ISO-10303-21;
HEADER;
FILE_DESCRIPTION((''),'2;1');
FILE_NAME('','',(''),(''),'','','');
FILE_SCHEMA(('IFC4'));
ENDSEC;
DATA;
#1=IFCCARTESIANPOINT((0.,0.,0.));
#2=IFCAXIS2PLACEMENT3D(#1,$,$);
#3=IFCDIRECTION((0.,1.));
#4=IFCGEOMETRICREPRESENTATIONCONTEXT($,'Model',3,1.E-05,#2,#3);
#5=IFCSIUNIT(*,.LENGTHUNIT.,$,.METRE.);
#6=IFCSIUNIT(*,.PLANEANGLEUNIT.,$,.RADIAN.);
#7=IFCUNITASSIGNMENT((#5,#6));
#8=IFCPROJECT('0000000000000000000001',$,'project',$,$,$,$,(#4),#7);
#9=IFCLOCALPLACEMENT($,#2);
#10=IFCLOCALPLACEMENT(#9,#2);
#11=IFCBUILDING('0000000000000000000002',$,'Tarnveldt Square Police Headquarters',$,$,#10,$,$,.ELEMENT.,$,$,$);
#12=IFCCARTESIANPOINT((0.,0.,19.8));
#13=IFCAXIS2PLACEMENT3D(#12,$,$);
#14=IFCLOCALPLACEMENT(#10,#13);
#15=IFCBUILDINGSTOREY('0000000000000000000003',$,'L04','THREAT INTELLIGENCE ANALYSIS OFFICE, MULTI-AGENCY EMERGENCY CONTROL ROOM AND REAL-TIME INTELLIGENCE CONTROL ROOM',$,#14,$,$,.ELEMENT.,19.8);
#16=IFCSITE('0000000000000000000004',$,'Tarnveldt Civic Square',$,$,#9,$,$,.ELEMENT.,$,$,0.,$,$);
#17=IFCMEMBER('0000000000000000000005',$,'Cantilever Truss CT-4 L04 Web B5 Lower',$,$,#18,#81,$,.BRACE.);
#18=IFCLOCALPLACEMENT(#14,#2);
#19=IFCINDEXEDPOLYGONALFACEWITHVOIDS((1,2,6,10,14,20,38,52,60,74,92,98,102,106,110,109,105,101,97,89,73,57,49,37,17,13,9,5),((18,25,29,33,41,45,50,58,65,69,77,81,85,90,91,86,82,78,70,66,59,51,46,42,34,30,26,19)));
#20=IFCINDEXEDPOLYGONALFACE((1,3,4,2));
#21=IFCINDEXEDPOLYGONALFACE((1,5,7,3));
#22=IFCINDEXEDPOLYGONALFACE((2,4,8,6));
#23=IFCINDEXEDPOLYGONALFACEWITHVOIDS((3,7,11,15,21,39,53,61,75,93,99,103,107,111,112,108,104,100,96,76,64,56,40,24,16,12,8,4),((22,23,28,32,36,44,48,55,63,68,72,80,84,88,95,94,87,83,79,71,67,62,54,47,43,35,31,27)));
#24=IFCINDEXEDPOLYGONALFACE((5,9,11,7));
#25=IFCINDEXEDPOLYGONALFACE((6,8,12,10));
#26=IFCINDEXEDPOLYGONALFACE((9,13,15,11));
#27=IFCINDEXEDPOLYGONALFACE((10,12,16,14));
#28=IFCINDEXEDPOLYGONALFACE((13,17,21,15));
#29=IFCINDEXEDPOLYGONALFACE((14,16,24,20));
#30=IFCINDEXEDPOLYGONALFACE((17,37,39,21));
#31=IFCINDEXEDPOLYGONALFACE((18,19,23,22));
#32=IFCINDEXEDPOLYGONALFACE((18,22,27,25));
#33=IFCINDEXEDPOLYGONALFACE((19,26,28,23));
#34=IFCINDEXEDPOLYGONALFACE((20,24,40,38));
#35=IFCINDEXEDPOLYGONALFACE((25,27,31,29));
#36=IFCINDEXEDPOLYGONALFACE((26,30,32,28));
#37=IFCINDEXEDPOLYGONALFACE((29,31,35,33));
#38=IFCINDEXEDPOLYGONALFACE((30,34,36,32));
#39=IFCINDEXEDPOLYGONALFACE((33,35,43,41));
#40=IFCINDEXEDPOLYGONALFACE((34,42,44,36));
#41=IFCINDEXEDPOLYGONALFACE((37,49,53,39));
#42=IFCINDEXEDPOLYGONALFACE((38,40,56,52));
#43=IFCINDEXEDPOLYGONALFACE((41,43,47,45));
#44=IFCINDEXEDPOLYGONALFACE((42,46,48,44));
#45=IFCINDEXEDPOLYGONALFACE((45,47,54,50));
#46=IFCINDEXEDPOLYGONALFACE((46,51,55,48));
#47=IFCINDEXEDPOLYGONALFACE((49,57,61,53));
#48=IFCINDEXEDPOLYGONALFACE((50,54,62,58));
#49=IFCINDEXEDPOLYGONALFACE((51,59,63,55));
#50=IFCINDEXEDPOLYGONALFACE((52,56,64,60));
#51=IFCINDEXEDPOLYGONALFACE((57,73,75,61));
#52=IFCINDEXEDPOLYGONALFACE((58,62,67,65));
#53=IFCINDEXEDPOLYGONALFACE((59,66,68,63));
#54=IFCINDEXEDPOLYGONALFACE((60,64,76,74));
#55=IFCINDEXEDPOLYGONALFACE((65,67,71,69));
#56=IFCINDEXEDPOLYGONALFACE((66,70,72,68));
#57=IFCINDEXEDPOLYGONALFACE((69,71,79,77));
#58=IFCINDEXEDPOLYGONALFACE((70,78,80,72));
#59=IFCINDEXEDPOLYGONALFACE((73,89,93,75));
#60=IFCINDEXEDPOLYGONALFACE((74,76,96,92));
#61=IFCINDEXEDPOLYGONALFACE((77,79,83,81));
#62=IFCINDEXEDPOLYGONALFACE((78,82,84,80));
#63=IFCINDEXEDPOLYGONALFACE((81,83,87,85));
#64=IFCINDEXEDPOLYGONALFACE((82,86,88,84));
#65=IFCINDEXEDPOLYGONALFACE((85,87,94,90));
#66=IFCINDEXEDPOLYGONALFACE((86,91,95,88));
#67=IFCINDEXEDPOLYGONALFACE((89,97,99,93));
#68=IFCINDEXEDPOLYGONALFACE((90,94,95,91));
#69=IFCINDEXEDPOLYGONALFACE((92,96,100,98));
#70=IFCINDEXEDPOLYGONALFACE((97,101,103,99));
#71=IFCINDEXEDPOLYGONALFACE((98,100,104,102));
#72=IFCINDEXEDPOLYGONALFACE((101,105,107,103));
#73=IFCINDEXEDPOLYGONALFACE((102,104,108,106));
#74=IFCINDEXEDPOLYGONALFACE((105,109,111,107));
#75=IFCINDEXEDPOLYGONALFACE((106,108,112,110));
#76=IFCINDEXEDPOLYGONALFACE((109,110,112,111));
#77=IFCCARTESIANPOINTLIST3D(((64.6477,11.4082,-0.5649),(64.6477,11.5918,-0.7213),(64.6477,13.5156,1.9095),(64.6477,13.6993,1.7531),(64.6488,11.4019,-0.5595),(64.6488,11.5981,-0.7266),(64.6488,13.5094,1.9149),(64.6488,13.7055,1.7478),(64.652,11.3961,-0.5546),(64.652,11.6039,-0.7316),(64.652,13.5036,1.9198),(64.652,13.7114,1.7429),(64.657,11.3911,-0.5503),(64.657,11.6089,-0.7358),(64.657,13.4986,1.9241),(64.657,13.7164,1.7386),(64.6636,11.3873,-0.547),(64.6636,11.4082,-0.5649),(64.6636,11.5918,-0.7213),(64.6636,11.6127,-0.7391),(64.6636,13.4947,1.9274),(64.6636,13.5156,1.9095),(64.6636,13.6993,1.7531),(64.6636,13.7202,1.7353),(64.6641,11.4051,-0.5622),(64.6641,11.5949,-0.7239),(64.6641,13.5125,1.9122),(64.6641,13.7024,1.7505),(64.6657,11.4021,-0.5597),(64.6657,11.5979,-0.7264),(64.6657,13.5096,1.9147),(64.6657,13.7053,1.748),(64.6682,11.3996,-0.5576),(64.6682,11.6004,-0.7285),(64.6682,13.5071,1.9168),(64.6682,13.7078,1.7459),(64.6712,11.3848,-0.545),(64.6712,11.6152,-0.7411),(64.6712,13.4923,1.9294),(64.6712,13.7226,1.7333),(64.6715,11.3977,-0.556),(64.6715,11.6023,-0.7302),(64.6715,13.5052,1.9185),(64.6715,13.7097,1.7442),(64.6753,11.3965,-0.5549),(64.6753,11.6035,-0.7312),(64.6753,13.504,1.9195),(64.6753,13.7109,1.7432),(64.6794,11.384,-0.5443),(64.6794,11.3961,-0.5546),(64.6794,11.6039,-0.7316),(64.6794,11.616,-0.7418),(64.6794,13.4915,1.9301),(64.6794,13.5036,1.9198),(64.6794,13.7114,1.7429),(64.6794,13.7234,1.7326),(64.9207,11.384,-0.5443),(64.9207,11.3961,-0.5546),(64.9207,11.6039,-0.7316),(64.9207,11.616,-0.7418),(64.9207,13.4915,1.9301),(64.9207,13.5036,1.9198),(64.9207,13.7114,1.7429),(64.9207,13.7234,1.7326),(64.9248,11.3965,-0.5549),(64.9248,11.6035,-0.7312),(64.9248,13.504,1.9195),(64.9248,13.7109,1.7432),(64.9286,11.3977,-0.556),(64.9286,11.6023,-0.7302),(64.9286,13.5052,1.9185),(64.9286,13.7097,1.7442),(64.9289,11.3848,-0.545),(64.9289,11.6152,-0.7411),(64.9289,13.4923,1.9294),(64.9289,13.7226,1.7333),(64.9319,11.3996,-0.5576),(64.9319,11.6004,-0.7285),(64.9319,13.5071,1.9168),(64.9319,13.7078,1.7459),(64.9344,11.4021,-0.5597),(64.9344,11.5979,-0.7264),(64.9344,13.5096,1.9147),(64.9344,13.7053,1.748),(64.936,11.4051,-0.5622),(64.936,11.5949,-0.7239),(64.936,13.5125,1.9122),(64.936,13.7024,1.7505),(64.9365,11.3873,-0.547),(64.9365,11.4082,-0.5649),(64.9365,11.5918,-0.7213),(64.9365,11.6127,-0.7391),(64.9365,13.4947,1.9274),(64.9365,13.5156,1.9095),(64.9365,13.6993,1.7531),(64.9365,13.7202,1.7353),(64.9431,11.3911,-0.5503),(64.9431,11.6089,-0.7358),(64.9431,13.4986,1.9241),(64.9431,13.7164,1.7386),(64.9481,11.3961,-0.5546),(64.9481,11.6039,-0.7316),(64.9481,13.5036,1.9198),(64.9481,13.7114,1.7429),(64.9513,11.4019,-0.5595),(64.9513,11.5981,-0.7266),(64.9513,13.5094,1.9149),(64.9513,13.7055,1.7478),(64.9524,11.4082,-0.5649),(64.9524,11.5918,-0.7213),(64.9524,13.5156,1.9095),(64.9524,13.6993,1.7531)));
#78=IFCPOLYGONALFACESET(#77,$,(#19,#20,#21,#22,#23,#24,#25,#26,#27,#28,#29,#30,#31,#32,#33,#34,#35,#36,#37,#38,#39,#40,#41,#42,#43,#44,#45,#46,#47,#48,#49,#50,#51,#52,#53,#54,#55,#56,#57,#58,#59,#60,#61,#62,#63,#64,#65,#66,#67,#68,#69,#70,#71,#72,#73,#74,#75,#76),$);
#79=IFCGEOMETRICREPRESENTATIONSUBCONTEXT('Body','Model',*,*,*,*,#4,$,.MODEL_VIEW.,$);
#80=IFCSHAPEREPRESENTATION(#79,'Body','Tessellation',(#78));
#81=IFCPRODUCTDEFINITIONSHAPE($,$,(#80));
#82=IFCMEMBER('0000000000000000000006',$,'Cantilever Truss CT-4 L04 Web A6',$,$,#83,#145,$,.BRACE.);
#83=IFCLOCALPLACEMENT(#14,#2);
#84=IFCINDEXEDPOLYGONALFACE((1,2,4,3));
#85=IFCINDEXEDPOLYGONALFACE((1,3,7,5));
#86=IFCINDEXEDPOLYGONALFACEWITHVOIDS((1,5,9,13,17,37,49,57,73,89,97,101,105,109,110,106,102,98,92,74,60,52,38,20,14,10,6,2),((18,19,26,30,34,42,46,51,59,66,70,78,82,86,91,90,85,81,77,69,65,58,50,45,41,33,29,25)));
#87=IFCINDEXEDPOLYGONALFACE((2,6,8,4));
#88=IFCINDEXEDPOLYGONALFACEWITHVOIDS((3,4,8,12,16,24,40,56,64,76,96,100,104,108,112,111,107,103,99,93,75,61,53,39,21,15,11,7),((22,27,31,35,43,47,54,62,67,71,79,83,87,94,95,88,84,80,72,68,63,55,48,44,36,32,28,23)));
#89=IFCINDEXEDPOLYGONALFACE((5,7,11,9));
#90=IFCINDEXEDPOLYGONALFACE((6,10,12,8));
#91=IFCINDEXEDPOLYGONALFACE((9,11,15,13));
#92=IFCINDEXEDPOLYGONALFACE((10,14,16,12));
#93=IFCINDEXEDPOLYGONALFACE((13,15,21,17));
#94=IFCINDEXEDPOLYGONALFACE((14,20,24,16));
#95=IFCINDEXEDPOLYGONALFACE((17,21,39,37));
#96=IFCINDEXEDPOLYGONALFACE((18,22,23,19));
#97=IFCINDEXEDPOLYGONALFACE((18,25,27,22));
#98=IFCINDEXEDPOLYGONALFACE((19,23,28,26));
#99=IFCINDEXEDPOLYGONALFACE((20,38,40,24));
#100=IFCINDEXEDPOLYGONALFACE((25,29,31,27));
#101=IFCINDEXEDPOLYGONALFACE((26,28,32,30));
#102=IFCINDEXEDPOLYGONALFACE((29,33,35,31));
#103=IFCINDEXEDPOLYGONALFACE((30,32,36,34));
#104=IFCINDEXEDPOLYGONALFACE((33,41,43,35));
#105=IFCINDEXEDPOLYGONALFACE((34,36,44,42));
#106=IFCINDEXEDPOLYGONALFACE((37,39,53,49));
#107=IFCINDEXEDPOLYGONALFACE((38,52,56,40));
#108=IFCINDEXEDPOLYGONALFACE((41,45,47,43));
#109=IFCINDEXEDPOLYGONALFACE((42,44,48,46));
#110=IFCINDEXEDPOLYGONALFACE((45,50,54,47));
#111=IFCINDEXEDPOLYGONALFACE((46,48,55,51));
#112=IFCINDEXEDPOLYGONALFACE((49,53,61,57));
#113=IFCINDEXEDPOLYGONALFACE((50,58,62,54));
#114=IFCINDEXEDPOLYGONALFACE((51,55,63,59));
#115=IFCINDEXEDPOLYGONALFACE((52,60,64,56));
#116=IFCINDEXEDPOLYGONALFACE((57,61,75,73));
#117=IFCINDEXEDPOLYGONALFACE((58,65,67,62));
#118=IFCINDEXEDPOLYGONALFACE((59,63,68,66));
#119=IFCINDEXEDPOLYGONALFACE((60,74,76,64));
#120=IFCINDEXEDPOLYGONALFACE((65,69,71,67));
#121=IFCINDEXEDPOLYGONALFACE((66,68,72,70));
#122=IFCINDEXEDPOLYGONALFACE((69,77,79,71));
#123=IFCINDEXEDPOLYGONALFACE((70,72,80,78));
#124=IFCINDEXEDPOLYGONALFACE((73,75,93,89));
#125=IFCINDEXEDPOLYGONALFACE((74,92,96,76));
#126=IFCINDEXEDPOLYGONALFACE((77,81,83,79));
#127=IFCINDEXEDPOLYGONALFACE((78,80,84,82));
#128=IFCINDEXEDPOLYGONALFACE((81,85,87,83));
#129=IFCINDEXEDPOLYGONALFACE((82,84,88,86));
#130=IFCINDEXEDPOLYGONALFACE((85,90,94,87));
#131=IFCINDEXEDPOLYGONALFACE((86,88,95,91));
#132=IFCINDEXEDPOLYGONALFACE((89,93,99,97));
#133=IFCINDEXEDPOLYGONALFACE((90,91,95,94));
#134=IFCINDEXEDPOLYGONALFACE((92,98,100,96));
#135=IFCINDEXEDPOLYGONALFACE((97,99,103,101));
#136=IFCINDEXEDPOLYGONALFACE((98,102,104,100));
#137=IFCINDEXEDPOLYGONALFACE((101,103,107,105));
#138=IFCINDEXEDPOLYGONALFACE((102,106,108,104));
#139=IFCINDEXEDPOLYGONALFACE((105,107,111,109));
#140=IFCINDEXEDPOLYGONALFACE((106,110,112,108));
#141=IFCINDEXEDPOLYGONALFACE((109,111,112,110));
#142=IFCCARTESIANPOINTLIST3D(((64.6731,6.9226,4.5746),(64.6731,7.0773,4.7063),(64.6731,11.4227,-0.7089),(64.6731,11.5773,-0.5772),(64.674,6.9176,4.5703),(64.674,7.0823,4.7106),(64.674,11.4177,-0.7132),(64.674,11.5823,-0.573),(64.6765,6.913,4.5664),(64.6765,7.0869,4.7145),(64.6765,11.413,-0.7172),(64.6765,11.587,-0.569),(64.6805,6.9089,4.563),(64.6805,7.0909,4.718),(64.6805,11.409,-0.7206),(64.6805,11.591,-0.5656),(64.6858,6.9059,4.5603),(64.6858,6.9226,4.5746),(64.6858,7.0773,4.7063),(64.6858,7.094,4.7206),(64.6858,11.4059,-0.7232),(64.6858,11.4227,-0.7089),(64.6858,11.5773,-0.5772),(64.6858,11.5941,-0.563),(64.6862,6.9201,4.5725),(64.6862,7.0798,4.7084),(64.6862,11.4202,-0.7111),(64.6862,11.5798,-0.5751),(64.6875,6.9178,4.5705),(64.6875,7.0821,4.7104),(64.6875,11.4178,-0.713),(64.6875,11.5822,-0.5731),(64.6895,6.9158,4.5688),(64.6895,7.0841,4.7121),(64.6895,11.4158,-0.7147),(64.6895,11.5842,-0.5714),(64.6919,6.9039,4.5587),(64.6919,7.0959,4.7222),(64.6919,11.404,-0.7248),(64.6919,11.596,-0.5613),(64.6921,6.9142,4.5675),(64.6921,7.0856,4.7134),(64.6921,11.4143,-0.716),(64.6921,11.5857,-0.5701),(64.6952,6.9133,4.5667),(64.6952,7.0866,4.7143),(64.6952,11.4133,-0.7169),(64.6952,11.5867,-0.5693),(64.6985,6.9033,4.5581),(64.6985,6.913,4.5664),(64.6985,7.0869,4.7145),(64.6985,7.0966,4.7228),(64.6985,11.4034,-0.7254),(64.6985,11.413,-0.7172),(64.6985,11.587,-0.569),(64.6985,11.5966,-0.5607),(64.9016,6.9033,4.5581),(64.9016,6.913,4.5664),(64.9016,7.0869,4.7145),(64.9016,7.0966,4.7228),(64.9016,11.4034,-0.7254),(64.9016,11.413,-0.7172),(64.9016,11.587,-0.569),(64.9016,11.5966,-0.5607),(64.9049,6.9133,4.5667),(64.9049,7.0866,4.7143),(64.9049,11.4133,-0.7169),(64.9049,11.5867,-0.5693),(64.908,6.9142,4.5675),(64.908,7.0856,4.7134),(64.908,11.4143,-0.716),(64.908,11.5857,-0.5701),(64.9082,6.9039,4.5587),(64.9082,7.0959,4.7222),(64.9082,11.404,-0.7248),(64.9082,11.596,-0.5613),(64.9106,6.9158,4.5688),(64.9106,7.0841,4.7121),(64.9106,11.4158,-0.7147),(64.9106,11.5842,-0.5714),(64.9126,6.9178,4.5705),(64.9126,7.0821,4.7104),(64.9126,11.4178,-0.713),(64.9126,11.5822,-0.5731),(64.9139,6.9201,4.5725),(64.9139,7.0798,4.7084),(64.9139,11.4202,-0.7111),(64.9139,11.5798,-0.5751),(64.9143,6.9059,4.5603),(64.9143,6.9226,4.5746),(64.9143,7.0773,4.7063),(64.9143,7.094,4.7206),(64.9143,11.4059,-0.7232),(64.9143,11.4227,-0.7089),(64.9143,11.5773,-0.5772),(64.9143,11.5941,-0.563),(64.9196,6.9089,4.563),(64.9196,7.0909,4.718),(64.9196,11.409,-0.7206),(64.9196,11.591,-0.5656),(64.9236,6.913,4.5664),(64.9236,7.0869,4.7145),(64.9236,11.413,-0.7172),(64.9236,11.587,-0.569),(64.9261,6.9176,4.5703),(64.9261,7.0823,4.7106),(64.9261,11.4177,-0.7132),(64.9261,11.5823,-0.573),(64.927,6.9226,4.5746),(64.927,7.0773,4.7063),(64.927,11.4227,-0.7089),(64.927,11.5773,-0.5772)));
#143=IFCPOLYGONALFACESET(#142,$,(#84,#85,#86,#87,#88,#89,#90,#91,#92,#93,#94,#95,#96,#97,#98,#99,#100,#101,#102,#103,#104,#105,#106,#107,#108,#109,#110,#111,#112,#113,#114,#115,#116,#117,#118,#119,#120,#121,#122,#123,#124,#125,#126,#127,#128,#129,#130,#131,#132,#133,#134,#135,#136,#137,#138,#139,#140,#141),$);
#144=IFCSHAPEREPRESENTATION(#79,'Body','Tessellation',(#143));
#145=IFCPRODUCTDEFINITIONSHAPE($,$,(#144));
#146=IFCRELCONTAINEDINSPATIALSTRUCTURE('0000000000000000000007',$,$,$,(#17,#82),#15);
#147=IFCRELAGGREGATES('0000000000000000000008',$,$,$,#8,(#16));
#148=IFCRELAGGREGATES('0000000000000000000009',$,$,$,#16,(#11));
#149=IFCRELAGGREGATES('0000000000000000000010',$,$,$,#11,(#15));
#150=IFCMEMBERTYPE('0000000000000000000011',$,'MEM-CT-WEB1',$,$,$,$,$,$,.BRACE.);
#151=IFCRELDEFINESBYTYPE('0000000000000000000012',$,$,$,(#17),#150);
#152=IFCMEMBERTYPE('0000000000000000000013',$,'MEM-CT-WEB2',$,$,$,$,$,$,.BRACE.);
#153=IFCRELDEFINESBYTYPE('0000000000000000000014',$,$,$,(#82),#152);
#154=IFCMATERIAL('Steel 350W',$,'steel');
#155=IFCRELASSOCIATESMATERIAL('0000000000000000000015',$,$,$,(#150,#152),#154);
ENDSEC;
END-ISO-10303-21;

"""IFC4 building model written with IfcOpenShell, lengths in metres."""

from ifc_helpers import new_model, si_unit, direction, frame, origin, origin_2d, place, context, subcontext, project, spatial, hollow_rectangle, extrude, material, material_profile, profile_set, type_object, element, save


model = new_model("IFC4")

# Units and contexts
model_context = context("Model", 3, precision=1e-05, world=origin(), true_north=direction((0.0, 1.0)))
body_context = subcontext(model_context, "Body", "Model", "MODEL_VIEW")
ifc_project = project(units=[si_unit("LENGTHUNIT", "METRE"), si_unit("PLANEANGLEUNIT", "RADIAN")], contexts=[model_context])

# Site, building, storey
site_placement = place(None, origin())
site = spatial("IfcSite", under=ifc_project, at=site_placement, Name="Tarnveldt Civic Square", CompositionType="ELEMENT", RefElevation=0.0)
building_placement = place(site_placement, origin())
building = spatial("IfcBuilding", under=site, at=building_placement, Name="Tarnveldt Square Police Headquarters", CompositionType="ELEMENT")
storey_placement = place(building_placement, frame((0.0, 0.0, 19.8)))
storey = spatial("IfcBuildingStorey", under=building, at=storey_placement, Name="L04", Description="THREAT INTELLIGENCE ANALYSIS OFFICE, MULTI-AGENCY EMERGENCY CONTROL ROOM AND REAL-TIME INTELLIGENCE CONTROL ROOM", CompositionType="ELEMENT", Elevation=19.8)

# Shared definitions
ifc_material_1 = material(Name="Steel 350W", Category="steel")

# Members
ifc_material_profile_1 = material_profile(ifc_material_1, hollow_rectangle(XDim=0.3047, YDim=0.3047, WallThickness=0.0159, InnerFilletRadius=0.0159, OuterFilletRadius=0.0317, at=origin_2d()), Name="HSS305x305x16")
ifc_profile_set_1 = profile_set([ifc_material_profile_1], Name="Steel 350W")
member_type_1 = type_object("IfcMemberType", Name="MEM-CT-WEB1", PredefinedType="BRACE", material=ifc_profile_set_1)
member_1_placement = place(storey_placement, frame((64.8, 11.5, -0.6431), z_axis=(0.0, 0.6484, 0.7613), x_axis=(-1.0, 0.0, 0.0)))
element("IfcMember", 1, at=member_1_placement, inside=storey, type_object=member_type_1, Name="Cantilever Truss CT-4 L04 Web B5 Lower", PredefinedType="BRACE", context=body_context, shape_type="SweptSolid", body=[
    extrude(hollow_rectangle(XDim=0.3047, YDim=0.3047, WallThickness=0.0159, InnerFilletRadius=0.0159, OuterFilletRadius=0.0317, at=origin_2d()), origin(), (0.0, 0.0, 1.0), 3.2502),
])
ifc_material_profile_2 = material_profile(ifc_material_1, hollow_rectangle(XDim=0.2539, YDim=0.2539, WallThickness=0.0127, InnerFilletRadius=0.0127, OuterFilletRadius=0.0254, at=origin_2d()), Name="HSS254x254x13")
ifc_profile_set_2 = profile_set([ifc_material_profile_2], Name="Steel 350W")
member_type_2 = type_object("IfcMemberType", Name="MEM-CT-WEB2", PredefinedType="BRACE", material=ifc_profile_set_2)
member_2_placement = place(storey_placement, frame((64.8, 11.5, -0.6431), z_axis=(0.0, -0.648407, 0.761294), x_axis=(1.0, 0.0, 0.0)))
element("IfcMember", 2, at=member_2_placement, inside=storey, type_object=member_type_2, Name="Cantilever Truss CT-4 L04 Web A6", PredefinedType="BRACE", context=body_context, shape_type="SweptSolid", body=[
    extrude(hollow_rectangle(XDim=0.2539, YDim=0.2539, WallThickness=0.0127, InnerFilletRadius=0.0127, OuterFilletRadius=0.0254, at=origin_2d()), origin(), (0.0, 0.0, 1.0), 6.9402),
])

save(model, "model.ifc")
